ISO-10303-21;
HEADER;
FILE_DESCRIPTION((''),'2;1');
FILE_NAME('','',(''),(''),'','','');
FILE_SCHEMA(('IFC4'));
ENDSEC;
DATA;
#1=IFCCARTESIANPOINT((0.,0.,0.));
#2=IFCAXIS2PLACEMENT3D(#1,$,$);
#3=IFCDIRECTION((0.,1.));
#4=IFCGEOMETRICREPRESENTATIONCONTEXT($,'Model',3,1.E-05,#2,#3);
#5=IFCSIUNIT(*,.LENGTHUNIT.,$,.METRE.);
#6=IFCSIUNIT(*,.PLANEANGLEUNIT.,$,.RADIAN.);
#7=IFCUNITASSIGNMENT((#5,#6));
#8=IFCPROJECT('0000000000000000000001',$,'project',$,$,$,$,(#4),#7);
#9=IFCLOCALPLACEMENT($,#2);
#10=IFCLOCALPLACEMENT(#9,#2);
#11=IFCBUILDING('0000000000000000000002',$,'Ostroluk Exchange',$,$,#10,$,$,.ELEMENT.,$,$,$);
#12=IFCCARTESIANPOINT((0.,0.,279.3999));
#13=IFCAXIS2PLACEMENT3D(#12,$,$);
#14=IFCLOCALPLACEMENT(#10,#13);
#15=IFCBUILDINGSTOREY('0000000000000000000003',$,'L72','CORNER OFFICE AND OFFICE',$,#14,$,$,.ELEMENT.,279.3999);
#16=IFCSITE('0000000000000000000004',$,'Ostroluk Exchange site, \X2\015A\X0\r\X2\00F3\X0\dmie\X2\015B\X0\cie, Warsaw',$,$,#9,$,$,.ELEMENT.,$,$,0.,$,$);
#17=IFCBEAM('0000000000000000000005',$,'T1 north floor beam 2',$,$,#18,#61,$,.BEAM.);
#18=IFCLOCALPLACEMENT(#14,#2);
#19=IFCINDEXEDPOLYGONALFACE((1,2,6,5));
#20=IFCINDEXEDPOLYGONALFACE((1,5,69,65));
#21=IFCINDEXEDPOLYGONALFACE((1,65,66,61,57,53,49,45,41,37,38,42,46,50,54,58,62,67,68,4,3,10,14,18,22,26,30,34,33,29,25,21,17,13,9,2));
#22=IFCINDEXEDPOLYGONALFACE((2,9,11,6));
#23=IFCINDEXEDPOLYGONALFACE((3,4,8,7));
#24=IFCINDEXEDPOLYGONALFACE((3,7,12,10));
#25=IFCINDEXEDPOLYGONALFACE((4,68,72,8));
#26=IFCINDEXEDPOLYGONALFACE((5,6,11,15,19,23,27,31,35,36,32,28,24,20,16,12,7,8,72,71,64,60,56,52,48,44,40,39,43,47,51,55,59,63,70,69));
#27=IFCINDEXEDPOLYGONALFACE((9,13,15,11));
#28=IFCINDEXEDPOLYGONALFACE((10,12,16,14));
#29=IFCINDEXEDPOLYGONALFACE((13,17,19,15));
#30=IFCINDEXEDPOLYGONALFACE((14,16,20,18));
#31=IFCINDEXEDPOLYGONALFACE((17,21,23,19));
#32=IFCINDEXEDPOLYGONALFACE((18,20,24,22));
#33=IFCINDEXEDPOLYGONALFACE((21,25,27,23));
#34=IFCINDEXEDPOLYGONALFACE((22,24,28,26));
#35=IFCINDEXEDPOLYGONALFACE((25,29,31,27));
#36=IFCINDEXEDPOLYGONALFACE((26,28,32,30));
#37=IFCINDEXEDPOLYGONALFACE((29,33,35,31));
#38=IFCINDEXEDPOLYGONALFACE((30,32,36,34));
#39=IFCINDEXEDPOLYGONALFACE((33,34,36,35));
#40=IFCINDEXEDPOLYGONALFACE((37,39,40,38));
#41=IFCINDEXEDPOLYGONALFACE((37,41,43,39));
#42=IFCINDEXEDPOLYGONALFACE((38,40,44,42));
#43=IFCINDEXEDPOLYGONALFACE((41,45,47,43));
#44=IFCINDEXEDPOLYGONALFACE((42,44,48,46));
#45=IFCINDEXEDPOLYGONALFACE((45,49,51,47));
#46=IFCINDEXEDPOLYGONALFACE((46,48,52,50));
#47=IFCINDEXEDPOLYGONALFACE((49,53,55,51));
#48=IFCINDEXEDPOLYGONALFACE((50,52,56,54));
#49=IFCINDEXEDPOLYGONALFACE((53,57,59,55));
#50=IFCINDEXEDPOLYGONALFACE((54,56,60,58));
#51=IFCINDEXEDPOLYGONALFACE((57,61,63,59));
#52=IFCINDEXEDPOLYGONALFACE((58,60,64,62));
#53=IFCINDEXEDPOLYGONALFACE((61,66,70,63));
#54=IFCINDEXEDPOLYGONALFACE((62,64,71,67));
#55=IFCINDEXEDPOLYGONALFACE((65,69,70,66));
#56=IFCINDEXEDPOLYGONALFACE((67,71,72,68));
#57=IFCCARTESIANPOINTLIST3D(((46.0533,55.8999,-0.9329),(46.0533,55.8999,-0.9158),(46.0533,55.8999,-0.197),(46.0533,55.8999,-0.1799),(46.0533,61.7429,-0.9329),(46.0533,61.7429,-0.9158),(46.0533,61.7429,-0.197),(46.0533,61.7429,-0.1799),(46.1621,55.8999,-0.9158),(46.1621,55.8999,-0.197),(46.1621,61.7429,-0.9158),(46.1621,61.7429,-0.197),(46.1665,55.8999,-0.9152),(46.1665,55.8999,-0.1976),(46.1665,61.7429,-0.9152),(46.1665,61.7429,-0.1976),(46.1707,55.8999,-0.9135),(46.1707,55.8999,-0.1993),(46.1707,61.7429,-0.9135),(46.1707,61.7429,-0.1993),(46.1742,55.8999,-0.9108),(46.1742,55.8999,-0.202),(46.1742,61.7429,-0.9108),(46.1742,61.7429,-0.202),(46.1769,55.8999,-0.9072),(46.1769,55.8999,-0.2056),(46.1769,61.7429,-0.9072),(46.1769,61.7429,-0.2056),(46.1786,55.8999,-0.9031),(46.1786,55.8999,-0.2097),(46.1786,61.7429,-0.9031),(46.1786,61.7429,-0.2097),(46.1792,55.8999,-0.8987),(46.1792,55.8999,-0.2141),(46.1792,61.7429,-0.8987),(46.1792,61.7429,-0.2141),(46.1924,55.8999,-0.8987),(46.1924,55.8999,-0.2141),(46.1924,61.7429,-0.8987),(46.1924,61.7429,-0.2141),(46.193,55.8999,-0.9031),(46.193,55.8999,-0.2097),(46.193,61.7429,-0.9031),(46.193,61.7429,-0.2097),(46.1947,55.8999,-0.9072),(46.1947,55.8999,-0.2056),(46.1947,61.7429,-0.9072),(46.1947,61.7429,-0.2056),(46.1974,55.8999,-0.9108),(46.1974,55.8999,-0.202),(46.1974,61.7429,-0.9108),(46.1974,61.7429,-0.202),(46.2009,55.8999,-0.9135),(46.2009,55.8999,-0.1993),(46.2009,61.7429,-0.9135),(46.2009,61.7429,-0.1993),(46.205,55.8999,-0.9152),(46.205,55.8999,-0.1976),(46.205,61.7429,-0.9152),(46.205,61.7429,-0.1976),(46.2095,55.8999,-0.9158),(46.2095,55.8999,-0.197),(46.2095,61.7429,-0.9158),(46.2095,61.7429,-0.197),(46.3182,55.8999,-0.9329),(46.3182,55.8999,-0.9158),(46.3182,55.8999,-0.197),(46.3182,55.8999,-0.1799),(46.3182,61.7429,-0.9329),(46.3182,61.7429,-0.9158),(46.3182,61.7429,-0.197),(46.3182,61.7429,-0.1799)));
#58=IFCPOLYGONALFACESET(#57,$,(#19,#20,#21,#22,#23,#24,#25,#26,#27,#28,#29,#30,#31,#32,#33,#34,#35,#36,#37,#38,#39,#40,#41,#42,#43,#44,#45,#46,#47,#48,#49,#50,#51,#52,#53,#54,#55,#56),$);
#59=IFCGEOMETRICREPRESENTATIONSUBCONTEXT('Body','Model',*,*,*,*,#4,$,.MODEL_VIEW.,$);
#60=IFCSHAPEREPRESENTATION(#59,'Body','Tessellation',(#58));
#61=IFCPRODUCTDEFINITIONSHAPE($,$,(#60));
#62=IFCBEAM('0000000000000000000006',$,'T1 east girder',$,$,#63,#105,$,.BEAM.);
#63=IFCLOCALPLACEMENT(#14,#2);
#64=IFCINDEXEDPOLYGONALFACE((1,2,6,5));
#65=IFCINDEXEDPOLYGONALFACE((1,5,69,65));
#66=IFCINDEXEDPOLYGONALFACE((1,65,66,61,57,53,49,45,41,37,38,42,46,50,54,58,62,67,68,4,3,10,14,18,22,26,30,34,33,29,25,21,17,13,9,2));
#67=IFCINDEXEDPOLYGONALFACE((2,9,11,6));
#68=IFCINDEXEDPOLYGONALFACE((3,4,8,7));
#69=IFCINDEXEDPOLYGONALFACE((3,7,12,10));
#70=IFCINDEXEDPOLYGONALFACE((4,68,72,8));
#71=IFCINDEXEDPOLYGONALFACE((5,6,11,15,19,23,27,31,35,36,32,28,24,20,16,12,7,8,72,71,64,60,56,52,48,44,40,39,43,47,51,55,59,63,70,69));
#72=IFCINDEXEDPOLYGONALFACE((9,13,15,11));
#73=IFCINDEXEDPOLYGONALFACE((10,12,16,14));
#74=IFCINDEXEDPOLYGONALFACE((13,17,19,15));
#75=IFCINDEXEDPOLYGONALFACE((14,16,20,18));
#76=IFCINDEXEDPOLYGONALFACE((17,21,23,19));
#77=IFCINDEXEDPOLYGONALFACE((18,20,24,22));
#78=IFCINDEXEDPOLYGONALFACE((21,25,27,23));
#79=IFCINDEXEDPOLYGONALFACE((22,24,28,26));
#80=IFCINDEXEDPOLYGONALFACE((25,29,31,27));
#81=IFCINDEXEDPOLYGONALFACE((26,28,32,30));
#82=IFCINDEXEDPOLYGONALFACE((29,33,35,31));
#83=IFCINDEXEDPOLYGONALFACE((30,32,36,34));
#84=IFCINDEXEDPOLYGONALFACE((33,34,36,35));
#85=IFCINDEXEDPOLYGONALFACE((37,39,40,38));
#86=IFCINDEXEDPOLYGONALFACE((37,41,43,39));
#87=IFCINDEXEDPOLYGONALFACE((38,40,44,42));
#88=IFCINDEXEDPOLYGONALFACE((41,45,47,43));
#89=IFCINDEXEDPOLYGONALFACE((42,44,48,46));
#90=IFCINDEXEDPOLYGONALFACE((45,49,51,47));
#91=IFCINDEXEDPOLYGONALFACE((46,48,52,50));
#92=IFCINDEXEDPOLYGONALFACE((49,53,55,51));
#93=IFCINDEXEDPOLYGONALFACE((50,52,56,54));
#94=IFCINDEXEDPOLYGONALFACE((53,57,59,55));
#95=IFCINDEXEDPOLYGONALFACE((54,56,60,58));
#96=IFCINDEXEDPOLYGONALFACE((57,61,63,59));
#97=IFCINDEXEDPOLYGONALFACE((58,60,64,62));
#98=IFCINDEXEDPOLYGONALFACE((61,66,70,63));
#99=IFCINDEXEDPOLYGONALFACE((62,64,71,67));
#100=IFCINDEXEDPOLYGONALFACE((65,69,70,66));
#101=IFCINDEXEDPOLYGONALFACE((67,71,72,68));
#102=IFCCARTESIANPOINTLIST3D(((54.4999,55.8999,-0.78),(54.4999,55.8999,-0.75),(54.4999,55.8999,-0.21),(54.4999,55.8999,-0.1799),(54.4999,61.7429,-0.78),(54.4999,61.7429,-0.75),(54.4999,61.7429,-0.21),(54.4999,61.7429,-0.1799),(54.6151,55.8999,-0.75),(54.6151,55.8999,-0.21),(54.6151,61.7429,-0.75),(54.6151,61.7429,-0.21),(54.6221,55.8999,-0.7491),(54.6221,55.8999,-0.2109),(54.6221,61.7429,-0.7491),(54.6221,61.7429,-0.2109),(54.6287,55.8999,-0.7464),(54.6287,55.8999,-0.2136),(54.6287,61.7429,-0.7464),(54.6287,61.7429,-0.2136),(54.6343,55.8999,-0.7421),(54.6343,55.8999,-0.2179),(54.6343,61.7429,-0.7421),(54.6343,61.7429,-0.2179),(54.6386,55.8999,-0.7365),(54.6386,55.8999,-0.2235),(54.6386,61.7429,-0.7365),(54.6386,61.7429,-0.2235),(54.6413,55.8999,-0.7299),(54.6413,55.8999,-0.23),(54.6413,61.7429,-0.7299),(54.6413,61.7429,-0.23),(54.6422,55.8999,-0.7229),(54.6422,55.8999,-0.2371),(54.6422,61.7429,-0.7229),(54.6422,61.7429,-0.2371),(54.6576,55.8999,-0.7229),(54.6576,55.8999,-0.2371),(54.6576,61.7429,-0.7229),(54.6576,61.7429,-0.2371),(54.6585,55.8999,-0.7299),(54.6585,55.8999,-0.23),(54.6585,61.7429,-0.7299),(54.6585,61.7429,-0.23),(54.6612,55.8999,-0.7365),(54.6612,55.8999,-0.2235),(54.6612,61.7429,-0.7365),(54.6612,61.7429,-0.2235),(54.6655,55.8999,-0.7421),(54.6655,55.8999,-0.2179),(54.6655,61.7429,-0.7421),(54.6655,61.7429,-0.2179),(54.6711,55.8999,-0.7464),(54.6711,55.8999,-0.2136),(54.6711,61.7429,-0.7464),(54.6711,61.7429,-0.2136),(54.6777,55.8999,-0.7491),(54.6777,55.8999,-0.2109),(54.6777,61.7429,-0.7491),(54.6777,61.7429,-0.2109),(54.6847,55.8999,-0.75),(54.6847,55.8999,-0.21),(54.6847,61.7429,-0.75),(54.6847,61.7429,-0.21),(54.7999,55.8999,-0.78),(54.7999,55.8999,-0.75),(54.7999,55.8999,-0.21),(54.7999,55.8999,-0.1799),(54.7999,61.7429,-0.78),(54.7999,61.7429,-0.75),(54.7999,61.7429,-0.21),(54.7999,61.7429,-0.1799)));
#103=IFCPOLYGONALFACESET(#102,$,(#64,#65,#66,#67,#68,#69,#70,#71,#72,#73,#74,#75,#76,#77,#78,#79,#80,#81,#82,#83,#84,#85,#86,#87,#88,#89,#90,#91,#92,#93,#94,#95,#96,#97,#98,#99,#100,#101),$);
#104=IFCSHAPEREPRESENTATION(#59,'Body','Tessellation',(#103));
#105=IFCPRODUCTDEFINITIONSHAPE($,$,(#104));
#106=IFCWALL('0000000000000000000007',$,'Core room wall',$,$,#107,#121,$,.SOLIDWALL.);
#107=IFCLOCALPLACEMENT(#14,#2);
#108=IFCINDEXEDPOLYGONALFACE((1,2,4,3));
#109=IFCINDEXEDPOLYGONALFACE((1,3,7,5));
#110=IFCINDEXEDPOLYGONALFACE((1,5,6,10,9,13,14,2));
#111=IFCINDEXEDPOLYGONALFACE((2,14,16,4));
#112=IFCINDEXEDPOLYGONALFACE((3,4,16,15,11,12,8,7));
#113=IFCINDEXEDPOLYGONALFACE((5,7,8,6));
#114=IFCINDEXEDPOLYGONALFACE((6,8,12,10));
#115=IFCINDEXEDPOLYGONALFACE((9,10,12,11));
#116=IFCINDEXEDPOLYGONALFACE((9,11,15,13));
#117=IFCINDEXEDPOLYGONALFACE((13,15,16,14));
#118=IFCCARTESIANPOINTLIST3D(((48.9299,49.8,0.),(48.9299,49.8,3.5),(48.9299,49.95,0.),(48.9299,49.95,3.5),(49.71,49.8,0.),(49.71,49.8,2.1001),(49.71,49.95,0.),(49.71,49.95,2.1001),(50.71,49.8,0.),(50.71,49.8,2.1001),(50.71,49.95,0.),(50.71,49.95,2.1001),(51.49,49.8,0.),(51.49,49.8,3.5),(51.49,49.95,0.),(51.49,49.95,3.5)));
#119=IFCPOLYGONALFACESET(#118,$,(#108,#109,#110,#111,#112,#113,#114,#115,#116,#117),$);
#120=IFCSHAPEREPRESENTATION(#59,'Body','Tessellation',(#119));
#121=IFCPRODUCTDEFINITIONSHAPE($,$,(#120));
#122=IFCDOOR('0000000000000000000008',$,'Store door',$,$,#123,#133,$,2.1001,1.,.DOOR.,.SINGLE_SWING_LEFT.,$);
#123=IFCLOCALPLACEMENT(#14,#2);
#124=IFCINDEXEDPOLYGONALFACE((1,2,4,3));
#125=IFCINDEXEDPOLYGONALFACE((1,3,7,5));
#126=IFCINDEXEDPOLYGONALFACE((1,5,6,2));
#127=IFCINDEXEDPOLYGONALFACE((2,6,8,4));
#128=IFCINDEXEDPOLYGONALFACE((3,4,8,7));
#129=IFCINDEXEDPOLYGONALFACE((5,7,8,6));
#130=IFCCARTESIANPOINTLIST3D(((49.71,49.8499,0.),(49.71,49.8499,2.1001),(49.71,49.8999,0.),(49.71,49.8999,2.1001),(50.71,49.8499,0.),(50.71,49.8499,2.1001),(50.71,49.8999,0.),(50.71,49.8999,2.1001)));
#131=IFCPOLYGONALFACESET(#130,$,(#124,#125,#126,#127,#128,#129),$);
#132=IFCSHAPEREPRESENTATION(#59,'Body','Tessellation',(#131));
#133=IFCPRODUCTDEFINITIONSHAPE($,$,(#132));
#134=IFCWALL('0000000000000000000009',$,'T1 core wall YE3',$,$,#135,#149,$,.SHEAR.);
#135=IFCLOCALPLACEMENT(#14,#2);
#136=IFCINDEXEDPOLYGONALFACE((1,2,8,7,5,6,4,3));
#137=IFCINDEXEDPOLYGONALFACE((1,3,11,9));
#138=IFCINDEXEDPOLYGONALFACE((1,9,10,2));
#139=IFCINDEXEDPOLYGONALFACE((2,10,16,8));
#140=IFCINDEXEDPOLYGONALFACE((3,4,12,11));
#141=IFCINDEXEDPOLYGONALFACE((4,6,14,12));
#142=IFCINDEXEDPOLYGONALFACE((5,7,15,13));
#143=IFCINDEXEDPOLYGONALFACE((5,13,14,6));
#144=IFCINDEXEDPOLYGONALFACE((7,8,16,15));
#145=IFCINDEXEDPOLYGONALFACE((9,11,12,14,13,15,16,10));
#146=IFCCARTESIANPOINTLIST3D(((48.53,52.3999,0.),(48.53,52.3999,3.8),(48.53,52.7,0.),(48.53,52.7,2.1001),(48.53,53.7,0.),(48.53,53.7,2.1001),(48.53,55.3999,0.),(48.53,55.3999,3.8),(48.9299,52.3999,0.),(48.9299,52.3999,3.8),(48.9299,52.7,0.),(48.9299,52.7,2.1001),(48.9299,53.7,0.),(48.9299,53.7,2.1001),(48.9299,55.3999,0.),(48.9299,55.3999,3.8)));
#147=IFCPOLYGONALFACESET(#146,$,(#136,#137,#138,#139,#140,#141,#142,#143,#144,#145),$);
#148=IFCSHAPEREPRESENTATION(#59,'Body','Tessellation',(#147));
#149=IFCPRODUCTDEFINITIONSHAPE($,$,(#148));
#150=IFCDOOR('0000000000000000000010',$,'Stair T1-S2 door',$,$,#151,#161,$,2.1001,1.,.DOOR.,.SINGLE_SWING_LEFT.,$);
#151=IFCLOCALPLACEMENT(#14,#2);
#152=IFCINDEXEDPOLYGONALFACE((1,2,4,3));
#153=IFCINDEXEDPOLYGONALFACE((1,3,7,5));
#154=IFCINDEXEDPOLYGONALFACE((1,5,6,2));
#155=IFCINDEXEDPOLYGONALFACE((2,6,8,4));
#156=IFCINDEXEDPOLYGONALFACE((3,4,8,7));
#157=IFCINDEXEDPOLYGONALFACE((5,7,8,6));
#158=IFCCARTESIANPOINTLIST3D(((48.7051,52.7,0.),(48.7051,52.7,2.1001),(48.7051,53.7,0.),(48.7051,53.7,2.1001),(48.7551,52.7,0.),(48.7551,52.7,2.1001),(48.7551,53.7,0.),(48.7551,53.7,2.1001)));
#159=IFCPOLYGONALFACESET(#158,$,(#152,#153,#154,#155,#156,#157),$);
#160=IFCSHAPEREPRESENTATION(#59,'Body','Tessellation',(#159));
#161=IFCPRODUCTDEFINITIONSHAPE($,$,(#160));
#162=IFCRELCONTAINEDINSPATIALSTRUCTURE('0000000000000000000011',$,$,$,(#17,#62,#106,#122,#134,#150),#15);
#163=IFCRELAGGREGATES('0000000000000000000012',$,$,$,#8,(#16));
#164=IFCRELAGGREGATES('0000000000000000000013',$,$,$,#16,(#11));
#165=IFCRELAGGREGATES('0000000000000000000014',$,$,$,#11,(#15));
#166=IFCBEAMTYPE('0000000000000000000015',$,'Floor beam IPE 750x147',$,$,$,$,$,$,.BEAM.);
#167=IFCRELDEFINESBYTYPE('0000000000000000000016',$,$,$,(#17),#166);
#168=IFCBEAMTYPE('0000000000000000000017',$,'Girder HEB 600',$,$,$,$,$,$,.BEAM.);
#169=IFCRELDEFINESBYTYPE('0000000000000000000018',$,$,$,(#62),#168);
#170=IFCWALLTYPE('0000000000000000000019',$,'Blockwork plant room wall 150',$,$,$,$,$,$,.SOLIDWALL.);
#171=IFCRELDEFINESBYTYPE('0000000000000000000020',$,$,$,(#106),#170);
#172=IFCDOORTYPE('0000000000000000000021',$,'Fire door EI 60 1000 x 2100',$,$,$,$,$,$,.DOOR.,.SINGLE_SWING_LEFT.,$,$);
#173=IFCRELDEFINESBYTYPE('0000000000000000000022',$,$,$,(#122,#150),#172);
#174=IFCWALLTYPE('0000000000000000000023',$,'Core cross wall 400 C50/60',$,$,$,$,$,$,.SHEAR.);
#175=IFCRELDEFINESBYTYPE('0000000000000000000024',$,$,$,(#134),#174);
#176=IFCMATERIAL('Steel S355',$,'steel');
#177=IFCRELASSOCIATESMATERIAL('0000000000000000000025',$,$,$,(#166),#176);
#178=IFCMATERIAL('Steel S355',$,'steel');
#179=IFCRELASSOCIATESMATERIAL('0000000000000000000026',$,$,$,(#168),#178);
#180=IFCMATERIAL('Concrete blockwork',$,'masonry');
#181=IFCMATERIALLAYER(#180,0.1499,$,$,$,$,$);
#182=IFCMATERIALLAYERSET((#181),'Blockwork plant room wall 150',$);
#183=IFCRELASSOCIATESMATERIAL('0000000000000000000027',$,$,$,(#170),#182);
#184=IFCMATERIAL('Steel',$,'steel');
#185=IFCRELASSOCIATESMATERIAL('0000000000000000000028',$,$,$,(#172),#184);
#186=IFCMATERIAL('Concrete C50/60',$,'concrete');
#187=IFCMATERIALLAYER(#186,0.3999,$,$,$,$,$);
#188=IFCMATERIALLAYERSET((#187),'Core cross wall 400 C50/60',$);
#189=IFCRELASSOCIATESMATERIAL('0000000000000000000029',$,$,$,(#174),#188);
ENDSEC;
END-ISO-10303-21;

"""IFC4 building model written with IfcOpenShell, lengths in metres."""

from ifc_helpers import new_model, si_unit, direction, frame, frame_2d, origin, origin_2d, place, context, subcontext, project, spatial, rectangle, i_section, extrude, material, layer, layer_set, material_profile, profile_set, type_object, element, fill, save


model = new_model("IFC4")

# Units and contexts
model_context = context("Model", 3, precision=1e-05, world=origin(), true_north=direction((0.0, 1.0)))
body_context = subcontext(model_context, "Body", "Model", "MODEL_VIEW")
ifc_project = project(units=[si_unit("LENGTHUNIT", "METRE"), si_unit("PLANEANGLEUNIT", "RADIAN")], contexts=[model_context])

# Site, building, storey
site_placement = place(None, origin())
site = spatial("IfcSite", under=ifc_project, at=site_placement, Name="Ostroluk Exchange site, Śródmieście, Warsaw", CompositionType="ELEMENT", RefElevation=0.0)
building_placement = place(site_placement, origin())
building = spatial("IfcBuilding", under=site, at=building_placement, Name="Ostroluk Exchange", CompositionType="ELEMENT")
storey_placement = place(building_placement, frame((0.0, 0.0, 279.3999)))
storey = spatial("IfcBuildingStorey", under=building, at=storey_placement, Name="L72", Description="CORNER OFFICE AND OFFICE", CompositionType="ELEMENT", Elevation=279.3999)

# Beams
ifc_material_1 = material(Name="Steel S355", Category="steel")
ifc_material_profile_1 = material_profile(ifc_material_1, i_section(OverallWidth=0.2649, OverallDepth=0.7529, WebThickness=0.0132, FlangeThickness=0.0171, FilletRadius=0.0171, at=origin_2d()), Name="IPE 750x147")
ifc_profile_set_1 = profile_set([ifc_material_profile_1], Name="Steel S355")
beam_type_1 = type_object("IfcBeamType", Name="Floor beam IPE 750x147", PredefinedType="BEAM", material=ifc_profile_set_1)
for number, where, z_axis, x_axis, name in (
    (1, (46.1858, 55.8999, -0.5564), (0.0, 1.0, 0.0), (-1.0, 0.0, 0.0), "T1 north floor beam 2"),
):
    element("IfcBeam", number, at=place(storey_placement, frame(where, z_axis=z_axis, x_axis=x_axis)), inside=storey, type_object=beam_type_1, Name=name, PredefinedType="BEAM", context=body_context, shape_type="SweptSolid", body=[
        extrude(i_section(OverallWidth=0.2649, OverallDepth=0.7529, WebThickness=0.0132, FlangeThickness=0.0171, FilletRadius=0.0171, at=origin_2d()), origin(), (0.0, 0.0, 1.0), 5.843),
    ])
ifc_material_2 = material(Name="Steel S355", Category="steel")
ifc_material_profile_2 = material_profile(ifc_material_2, i_section(OverallWidth=0.3, OverallDepth=0.6001, WebThickness=0.0154, FlangeThickness=0.03, FilletRadius=0.0271, at=origin_2d()), Name="HEB 600")
ifc_profile_set_2 = profile_set([ifc_material_profile_2], Name="Steel S355")
beam_type_2 = type_object("IfcBeamType", Name="Girder HEB 600", PredefinedType="BEAM", material=ifc_profile_set_2)
beam_placement = place(storey_placement, frame((54.6499, 55.8999, -0.48), z_axis=(0.0, 1.0, 0.0), x_axis=(-1.0, 0.0, 0.0)))
element("IfcBeam", 2, at=beam_placement, inside=storey, type_object=beam_type_2, Name="T1 east girder", PredefinedType="BEAM", context=body_context, shape_type="SweptSolid", body=[
    extrude(i_section(OverallWidth=0.3, OverallDepth=0.6001, WebThickness=0.0154, FlangeThickness=0.03, FilletRadius=0.0271, at=origin_2d()), origin(), (0.0, 0.0, 1.0), 5.843),
])

# Walls, openings, doors
ifc_material_3 = material(Name="Concrete blockwork", Category="masonry")
ifc_layer_1 = layer(ifc_material_3, 0.1499)
ifc_layer_set_1 = layer_set([ifc_layer_1], Name="Blockwork plant room wall 150")
wall_type_1 = type_object("IfcWallType", Name="Blockwork plant room wall 150", PredefinedType="SOLIDWALL", material=ifc_layer_set_1)
wall_1_placement = place(storey_placement, frame((48.9299, 49.875, 0.0), z_axis=(0.0, 0.0, 1.0), x_axis=(1.0, 0.0, 0.0)))
wall_1 = element("IfcWall", 3, at=wall_1_placement, inside=storey, type_object=wall_type_1, Name="Core room wall", PredefinedType="SOLIDWALL", context=body_context, shape_type="SweptSolid", body=[
    extrude(rectangle(XDim=2.5601, YDim=0.1499, at=frame_2d((1.28, 0.0))), origin(), (0.0, 0.0, 1.0), 3.5),
])
opening_1_placement = place(wall_1_placement, frame((0.78, 0.0, 0.0)))
opening_1 = element("IfcOpeningElement", 4, at=opening_1_placement, cuts=wall_1, PredefinedType="OPENING", context=body_context, shape_type="SweptSolid", body=[
    extrude(rectangle(XDim=1.0, YDim=2.1001, at=frame_2d((0.5, 1.05))), frame((0.0, 0.085, 0.0), z_axis=(0.0, -1.0, 0.0), x_axis=(1.0, 0.0, 0.0)), (0.0, 0.0, 1.0), 0.1699),
])
ifc_material_4 = material(Name="Steel", Category="steel")
door_type_1 = type_object("IfcDoorType", Name="Fire door EI 60 1000 x 2100", OperationType="SINGLE_SWING_LEFT", PredefinedType="DOOR", material=ifc_material_4)
door_1_placement = place(opening_1_placement, origin())
door_1 = element("IfcDoor", 5, at=door_1_placement, inside=storey, type_object=door_type_1, Name="Store door", OperationType="SINGLE_SWING_LEFT", OverallHeight=2.1001, OverallWidth=1.0, PredefinedType="DOOR", context=body_context, shape_type="SweptSolid", body=[
    extrude(rectangle(XDim=1.0, YDim=2.1001, at=frame_2d((0.5, 1.05))), frame((0.0, 0.0249, 0.0), z_axis=(0.0, -1.0, 0.0), x_axis=(1.0, 0.0, 0.0)), (0.0, 0.0, 1.0), 0.05),
])
fill(opening_1, door_1)
ifc_material_5 = material(Name="Concrete C50/60", Category="concrete")
ifc_layer_2 = layer(ifc_material_5, 0.3999)
ifc_layer_set_2 = layer_set([ifc_layer_2], Name="Core cross wall 400 C50/60")
wall_type_2 = type_object("IfcWallType", Name="Core cross wall 400 C50/60", PredefinedType="SHEAR", material=ifc_layer_set_2)
wall_2_placement = place(storey_placement, frame((48.73, 52.3999, 0.0), z_axis=(0.0, 0.0, 1.0), x_axis=(0.0, 1.0, 0.0)))
wall_2 = element("IfcWall", 6, at=wall_2_placement, inside=storey, type_object=wall_type_2, Name="T1 core wall YE3", PredefinedType="SHEAR", context=body_context, shape_type="SweptSolid", body=[
    extrude(rectangle(XDim=3.0, YDim=0.3999, at=frame_2d((1.5, 0.0))), origin(), (0.0, 0.0, 1.0), 3.8),
])
opening_2_placement = place(wall_2_placement, frame((0.3, 0.0, 0.0)))
opening_2 = element("IfcOpeningElement", 7, at=opening_2_placement, cuts=wall_2, PredefinedType="OPENING", context=body_context, shape_type="SweptSolid", body=[
    extrude(rectangle(XDim=1.0, YDim=2.1001, at=frame_2d((0.5, 1.05))), frame((0.0, 0.21, 0.0), z_axis=(0.0, -1.0, 0.0), x_axis=(1.0, 0.0, 0.0)), (0.0, 0.0, 1.0), 0.4199),
])
door_2_placement = place(opening_2_placement, origin())
door_2 = element("IfcDoor", 8, at=door_2_placement, inside=storey, type_object=door_type_1, Name="Stair T1-S2 door", OperationType="SINGLE_SWING_LEFT", OverallHeight=2.1001, OverallWidth=1.0, PredefinedType="DOOR", context=body_context, shape_type="SweptSolid", body=[
    extrude(rectangle(XDim=1.0, YDim=2.1001, at=frame_2d((0.5, 1.05))), frame((0.0, 0.0249, 0.0), z_axis=(0.0, -1.0, 0.0), x_axis=(1.0, 0.0, 0.0)), (0.0, 0.0, 1.0), 0.05),
])
fill(opening_2, door_2)

save(model, "model.ifc")
